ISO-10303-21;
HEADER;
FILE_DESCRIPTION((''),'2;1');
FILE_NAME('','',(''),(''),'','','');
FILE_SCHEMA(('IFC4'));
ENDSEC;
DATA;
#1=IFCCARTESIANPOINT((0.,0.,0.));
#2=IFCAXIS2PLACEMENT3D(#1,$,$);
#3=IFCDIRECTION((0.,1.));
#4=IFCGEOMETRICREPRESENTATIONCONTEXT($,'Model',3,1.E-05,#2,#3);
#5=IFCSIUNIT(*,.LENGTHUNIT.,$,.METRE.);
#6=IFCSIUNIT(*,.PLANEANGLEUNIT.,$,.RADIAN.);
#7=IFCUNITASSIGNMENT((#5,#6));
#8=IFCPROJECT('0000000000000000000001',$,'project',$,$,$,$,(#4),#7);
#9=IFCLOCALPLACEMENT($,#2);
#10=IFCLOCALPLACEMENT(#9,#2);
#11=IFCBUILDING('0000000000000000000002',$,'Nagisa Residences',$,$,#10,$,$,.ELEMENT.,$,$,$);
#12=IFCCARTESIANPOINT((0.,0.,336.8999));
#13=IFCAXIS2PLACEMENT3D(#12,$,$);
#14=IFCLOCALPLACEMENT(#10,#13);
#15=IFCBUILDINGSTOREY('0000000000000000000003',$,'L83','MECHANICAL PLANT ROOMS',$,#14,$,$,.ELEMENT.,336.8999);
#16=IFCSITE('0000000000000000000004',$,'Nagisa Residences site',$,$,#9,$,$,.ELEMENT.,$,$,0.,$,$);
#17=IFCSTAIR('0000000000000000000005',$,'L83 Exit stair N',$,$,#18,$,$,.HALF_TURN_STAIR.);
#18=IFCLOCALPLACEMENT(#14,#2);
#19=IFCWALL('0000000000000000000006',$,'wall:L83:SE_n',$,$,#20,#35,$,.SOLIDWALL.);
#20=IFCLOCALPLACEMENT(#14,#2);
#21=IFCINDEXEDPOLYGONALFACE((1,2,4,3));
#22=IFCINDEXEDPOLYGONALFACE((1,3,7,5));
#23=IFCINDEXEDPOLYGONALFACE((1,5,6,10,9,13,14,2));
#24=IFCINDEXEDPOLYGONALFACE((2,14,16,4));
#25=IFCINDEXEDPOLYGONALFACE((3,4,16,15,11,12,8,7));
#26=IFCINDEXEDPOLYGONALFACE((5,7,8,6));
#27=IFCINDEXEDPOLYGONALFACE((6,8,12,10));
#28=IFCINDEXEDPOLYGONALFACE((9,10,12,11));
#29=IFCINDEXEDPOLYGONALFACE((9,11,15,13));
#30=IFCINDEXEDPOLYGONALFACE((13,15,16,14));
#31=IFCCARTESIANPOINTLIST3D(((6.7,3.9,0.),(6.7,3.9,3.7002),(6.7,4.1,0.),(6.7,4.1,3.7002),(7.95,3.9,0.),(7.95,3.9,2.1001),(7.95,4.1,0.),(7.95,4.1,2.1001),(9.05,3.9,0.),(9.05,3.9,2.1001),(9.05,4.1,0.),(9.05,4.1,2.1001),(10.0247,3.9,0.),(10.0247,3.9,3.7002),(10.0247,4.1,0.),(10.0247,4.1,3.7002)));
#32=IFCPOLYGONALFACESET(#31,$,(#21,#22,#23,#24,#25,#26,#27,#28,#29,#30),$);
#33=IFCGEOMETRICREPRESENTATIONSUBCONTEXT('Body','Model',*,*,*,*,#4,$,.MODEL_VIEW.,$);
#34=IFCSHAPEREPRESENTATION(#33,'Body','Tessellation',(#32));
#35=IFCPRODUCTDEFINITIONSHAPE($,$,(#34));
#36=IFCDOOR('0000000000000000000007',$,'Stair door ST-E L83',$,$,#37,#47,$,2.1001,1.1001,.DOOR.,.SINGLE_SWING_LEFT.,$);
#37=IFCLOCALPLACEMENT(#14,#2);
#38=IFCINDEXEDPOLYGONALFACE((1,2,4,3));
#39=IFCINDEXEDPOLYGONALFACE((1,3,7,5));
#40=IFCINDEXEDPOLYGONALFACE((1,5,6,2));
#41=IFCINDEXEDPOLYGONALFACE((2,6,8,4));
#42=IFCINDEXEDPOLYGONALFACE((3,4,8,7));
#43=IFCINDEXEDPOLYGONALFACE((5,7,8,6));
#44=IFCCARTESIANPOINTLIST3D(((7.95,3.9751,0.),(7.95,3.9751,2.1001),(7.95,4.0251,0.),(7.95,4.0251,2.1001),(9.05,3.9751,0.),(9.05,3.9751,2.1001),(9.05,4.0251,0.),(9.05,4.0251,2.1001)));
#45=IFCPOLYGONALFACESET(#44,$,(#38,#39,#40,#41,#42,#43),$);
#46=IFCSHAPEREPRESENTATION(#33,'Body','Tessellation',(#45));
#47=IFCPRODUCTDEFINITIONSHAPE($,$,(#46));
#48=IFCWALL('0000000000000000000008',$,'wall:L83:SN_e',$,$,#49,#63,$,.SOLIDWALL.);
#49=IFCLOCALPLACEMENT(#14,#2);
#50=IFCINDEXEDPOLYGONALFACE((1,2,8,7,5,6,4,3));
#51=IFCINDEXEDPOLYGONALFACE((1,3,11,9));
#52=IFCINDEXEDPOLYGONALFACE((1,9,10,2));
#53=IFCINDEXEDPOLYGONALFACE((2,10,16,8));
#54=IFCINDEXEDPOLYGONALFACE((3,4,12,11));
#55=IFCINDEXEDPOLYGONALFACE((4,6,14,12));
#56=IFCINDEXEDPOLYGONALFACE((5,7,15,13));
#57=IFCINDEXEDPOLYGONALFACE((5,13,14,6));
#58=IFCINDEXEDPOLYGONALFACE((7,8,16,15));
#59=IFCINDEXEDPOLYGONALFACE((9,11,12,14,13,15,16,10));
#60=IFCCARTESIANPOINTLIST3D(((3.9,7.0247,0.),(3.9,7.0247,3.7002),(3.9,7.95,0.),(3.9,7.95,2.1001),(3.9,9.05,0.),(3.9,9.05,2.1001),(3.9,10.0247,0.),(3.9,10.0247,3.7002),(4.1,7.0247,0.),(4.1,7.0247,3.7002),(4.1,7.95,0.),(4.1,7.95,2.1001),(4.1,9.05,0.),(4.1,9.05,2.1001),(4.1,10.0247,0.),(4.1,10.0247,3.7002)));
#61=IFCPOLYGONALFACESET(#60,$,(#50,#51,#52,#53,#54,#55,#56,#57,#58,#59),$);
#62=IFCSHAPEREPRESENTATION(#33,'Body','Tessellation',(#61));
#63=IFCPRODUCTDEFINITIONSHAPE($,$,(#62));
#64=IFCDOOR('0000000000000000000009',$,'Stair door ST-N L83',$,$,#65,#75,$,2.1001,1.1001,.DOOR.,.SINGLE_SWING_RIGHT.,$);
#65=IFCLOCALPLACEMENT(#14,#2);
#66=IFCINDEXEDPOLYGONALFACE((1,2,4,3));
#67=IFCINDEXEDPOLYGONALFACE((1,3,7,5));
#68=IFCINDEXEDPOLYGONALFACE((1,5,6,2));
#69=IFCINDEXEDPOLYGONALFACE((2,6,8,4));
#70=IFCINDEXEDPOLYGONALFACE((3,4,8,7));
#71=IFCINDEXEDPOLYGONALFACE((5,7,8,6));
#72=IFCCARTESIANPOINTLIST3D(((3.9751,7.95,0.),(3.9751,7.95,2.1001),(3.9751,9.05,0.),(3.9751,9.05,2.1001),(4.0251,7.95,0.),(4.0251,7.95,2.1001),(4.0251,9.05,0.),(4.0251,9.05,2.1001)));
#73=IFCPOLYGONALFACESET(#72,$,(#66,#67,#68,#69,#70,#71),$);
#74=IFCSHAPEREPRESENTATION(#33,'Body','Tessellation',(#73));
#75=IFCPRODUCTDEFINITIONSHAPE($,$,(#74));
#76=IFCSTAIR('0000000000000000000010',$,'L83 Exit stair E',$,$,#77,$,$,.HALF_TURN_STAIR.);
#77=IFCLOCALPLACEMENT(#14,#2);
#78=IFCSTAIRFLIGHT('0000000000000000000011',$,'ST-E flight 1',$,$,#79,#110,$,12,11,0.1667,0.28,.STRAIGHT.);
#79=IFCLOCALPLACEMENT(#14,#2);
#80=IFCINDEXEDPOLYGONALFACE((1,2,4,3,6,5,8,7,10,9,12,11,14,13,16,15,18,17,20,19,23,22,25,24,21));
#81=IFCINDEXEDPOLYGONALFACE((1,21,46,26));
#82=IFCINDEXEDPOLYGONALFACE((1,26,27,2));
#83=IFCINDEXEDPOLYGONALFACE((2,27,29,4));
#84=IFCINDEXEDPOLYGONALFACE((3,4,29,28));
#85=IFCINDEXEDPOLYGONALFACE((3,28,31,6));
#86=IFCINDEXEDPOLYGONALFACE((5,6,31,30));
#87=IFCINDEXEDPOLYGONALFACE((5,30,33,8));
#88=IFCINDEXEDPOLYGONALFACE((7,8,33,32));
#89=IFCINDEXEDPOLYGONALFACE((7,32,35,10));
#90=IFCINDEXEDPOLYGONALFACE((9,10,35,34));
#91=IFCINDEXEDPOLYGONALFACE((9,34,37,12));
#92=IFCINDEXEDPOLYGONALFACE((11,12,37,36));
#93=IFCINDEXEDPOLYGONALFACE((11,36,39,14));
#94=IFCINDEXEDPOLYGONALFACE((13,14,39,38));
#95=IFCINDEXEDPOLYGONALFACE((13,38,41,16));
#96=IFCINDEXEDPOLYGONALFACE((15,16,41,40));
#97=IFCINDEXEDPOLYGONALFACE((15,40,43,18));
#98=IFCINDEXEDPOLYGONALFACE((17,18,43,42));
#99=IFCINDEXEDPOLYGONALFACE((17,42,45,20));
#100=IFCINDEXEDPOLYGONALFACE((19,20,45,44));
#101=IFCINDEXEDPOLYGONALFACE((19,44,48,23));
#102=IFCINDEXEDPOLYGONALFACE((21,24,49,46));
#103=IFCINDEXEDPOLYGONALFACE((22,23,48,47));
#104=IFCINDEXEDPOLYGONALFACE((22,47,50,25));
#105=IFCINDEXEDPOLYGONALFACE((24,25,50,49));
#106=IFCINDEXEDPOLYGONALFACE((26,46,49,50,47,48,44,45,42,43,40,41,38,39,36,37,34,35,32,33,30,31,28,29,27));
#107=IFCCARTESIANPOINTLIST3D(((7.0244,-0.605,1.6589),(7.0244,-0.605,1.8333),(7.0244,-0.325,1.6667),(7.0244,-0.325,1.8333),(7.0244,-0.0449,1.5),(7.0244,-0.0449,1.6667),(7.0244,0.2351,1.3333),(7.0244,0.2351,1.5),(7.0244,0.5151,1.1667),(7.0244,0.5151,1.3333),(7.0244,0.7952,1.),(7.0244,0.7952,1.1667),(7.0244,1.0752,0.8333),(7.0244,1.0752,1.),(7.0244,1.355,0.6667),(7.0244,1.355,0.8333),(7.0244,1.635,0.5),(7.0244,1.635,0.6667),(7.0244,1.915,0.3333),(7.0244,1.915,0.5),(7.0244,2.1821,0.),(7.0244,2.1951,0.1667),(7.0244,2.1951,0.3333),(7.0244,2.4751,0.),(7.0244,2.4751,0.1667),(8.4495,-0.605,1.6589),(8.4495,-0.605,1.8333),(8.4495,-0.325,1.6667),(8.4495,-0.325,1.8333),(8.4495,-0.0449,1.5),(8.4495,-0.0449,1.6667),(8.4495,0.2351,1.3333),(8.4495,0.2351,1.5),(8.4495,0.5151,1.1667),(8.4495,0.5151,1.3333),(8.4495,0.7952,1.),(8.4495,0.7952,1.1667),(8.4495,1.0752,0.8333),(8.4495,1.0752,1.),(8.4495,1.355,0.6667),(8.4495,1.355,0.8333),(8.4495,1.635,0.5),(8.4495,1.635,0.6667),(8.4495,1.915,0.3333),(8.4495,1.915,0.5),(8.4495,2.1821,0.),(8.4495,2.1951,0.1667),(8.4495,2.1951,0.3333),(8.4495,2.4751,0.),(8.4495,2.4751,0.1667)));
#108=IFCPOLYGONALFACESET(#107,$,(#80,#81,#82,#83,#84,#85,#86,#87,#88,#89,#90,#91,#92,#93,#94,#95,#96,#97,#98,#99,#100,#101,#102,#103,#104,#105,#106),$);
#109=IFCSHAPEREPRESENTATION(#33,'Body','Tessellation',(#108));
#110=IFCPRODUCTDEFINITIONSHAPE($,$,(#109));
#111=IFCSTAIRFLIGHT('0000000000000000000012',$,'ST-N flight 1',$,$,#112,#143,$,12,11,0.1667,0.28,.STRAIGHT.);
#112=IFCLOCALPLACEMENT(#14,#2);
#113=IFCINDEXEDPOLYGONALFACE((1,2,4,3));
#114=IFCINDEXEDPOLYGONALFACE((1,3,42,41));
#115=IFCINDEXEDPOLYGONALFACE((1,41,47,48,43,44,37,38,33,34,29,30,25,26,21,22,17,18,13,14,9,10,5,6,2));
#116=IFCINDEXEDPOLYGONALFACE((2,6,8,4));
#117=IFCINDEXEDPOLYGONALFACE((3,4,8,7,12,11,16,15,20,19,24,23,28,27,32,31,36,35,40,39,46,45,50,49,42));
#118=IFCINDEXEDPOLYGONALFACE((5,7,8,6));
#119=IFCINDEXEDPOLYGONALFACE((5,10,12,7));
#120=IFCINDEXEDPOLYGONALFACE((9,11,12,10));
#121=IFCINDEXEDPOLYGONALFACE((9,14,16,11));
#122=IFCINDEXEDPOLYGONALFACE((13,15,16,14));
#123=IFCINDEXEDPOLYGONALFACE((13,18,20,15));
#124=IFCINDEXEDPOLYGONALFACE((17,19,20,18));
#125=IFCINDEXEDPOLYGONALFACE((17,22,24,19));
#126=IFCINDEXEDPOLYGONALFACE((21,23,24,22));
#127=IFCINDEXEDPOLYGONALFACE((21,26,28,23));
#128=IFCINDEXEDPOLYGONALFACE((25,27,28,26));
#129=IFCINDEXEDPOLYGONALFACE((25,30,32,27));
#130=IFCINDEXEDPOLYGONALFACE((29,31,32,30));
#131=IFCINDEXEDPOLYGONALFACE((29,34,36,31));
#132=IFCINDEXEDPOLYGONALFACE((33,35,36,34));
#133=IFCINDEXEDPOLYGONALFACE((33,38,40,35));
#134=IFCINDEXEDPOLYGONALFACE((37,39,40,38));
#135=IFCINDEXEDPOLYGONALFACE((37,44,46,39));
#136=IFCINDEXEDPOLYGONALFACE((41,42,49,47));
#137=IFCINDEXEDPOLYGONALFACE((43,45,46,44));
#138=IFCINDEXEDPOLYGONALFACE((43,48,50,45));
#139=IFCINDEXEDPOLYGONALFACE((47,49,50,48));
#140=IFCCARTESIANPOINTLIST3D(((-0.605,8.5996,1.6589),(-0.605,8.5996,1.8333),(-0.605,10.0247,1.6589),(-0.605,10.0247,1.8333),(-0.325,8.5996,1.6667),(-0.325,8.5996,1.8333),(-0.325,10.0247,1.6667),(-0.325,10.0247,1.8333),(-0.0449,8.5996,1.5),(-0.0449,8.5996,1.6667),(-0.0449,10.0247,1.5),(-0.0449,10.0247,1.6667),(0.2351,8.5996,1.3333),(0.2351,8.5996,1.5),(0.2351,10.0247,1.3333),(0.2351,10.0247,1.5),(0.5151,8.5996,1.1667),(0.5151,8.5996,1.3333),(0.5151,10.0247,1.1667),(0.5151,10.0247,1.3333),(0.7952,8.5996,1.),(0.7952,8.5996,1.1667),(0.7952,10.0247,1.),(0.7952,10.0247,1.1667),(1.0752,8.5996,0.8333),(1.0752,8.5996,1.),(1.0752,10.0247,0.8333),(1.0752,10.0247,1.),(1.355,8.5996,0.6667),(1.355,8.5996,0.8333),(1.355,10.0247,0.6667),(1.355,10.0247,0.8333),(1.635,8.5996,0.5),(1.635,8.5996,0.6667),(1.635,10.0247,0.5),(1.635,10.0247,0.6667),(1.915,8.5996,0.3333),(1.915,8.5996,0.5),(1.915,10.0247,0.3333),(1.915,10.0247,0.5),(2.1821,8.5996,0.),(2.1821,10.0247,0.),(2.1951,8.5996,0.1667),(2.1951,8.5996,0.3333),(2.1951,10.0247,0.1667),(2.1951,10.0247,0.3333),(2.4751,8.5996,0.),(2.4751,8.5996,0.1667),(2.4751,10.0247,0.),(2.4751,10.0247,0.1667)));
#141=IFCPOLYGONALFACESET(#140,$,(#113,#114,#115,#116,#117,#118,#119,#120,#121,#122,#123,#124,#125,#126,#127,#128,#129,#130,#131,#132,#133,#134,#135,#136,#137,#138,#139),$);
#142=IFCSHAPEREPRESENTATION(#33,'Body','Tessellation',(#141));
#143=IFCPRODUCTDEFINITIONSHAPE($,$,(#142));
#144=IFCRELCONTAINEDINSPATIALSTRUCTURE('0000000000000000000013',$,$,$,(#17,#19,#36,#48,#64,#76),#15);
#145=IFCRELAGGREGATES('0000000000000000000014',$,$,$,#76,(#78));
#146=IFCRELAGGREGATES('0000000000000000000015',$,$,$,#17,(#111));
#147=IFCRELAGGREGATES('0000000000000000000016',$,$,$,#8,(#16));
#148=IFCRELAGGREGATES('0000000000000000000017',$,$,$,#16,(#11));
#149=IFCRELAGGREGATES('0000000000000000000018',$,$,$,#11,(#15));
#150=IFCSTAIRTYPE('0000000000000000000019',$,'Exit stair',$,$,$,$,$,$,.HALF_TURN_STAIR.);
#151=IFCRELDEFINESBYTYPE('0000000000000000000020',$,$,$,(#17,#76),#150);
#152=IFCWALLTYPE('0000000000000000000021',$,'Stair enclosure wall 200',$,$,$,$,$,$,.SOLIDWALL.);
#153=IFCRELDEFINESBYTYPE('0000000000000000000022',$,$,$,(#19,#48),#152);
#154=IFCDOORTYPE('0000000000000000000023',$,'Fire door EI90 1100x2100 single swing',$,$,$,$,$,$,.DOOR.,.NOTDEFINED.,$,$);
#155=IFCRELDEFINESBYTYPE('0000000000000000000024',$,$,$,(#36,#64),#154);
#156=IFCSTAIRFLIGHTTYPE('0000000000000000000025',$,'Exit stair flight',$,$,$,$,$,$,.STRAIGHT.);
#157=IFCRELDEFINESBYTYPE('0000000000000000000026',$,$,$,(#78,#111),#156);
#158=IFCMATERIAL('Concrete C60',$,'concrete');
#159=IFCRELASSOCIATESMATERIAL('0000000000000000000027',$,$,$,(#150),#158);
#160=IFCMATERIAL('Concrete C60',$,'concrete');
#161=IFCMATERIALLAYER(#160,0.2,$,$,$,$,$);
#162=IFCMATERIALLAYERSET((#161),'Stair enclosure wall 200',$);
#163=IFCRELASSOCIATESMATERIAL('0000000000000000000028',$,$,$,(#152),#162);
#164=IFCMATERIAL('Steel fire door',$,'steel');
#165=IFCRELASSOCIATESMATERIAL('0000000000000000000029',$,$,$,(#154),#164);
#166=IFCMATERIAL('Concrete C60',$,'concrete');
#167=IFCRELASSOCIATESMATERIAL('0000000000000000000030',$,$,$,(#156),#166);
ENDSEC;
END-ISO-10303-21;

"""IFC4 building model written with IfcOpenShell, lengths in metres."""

from ifc_helpers import new_model, si_unit, direction, frame, frame_2d, origin, place, context, subcontext, project, spatial, polyline, rectangle, outline, extrude, material, layer, layer_set, type_object, element, fill, aggregate, save


model = new_model("IFC4")

# Units and contexts
model_context = context("Model", 3, precision=1e-05, world=origin(), true_north=direction((0.0, 1.0)))
body_context = subcontext(model_context, "Body", "Model", "MODEL_VIEW")
ifc_project = project(units=[si_unit("LENGTHUNIT", "METRE"), si_unit("PLANEANGLEUNIT", "RADIAN")], contexts=[model_context])

# Site, building, storey
site_placement = place(None, origin())
site = spatial("IfcSite", under=ifc_project, at=site_placement, Name="Nagisa Residences site", CompositionType="ELEMENT", RefElevation=0.0)
building_placement = place(site_placement, origin())
building = spatial("IfcBuilding", under=site, at=building_placement, Name="Nagisa Residences", CompositionType="ELEMENT")
storey_placement = place(building_placement, frame((0.0, 0.0, 336.8999)))
storey = spatial("IfcBuildingStorey", under=building, at=storey_placement, Name="L83", Description="MECHANICAL PLANT ROOMS", CompositionType="ELEMENT", Elevation=336.8999)

# Stair
ifc_material_1 = material(Name="Concrete C60", Category="concrete")
stair_type = type_object("IfcStairType", Name="Exit stair", PredefinedType="HALF_TURN_STAIR", material=ifc_material_1)
stair_1_placement = place(storey_placement, origin())
stair_1 = element("IfcStair", 1, at=stair_1_placement, inside=storey, type_object=stair_type, Name="L83 Exit stair N", PredefinedType="HALF_TURN_STAIR")

# Walls, openings, doors
ifc_material_2 = material(Name="Concrete C60", Category="concrete")
ifc_layer_1 = layer(ifc_material_2, 0.2)
ifc_layer_set_1 = layer_set([ifc_layer_1], Name="Stair enclosure wall 200")
wall_type_1 = type_object("IfcWallType", Name="Stair enclosure wall 200", PredefinedType="SOLIDWALL", material=ifc_layer_set_1)
wall_1_placement = place(storey_placement, frame((6.7, 4.0, 0.0), z_axis=(0.0, 0.0, 1.0), x_axis=(1.0, 0.0, 0.0)))
wall_1 = element("IfcWall", 2, at=wall_1_placement, inside=storey, type_object=wall_type_1, Name="wall:L83:SE_n", PredefinedType="SOLIDWALL", context=body_context, shape_type="SweptSolid", body=[
    extrude(rectangle(XDim=3.3247, YDim=0.2, at=frame_2d((1.6624, 0.0))), origin(), (0.0, 0.0, 1.0), 3.7002),
])
opening_1_placement = place(wall_1_placement, frame((1.25, 0.0, 0.0)))
opening_1 = element("IfcOpeningElement", 3, at=opening_1_placement, cuts=wall_1, PredefinedType="OPENING", context=body_context, shape_type="SweptSolid", body=[
    extrude(rectangle(XDim=1.1001, YDim=2.1001, at=frame_2d((0.55, 1.05))), frame((0.0, 0.1099, 0.0), z_axis=(0.0, -1.0, 0.0), x_axis=(1.0, 0.0, 0.0)), (0.0, 0.0, 1.0), 0.22),
])
ifc_material_3 = material(Name="Steel fire door", Category="steel")
door_type_1 = type_object("IfcDoorType", Name="Fire door EI90 1100x2100 single swing", OperationType="NOTDEFINED", PredefinedType="DOOR", material=ifc_material_3)
door_1_placement = place(opening_1_placement, frame((1.1001, 0.0, 0.0), x_axis=(-1.0, 0.0, 0.0)))
door_1 = element("IfcDoor", 4, at=door_1_placement, inside=storey, type_object=door_type_1, Name="Stair door ST-E L83", OperationType="SINGLE_SWING_LEFT", OverallHeight=2.1001, OverallWidth=1.1001, PredefinedType="DOOR", context=body_context, shape_type="SweptSolid", body=[
    extrude(rectangle(XDim=1.1001, YDim=2.1001, at=frame_2d((0.55, 1.05))), frame((0.0, 0.0249, 0.0), z_axis=(0.0, -1.0, 0.0), x_axis=(1.0, 0.0, 0.0)), (0.0, 0.0, 1.0), 0.05),
])
fill(opening_1, door_1)
wall_2_placement = place(storey_placement, frame((4.0, 7.0247, 0.0), z_axis=(0.0, 0.0, 1.0), x_axis=(0.0, 1.0, 0.0)))
wall_2 = element("IfcWall", 5, at=wall_2_placement, inside=storey, type_object=wall_type_1, Name="wall:L83:SN_e", PredefinedType="SOLIDWALL", context=body_context, shape_type="SweptSolid", body=[
    extrude(rectangle(XDim=3.0, YDim=0.2, at=frame_2d((1.5, 0.0))), origin(), (0.0, 0.0, 1.0), 3.7002),
])
opening_2_placement = place(wall_2_placement, frame((0.9253, 0.0, 0.0)))
opening_2 = element("IfcOpeningElement", 6, at=opening_2_placement, cuts=wall_2, PredefinedType="OPENING", context=body_context, shape_type="SweptSolid", body=[
    extrude(rectangle(XDim=1.1001, YDim=2.1001, at=frame_2d((0.55, 1.05))), frame((0.0, 0.1099, 0.0), z_axis=(0.0, -1.0, 0.0), x_axis=(1.0, 0.0, 0.0)), (0.0, 0.0, 1.0), 0.22),
])
door_2_placement = place(opening_2_placement, origin())
door_2 = element("IfcDoor", 7, at=door_2_placement, inside=storey, type_object=door_type_1, Name="Stair door ST-N L83", OperationType="SINGLE_SWING_RIGHT", OverallHeight=2.1001, OverallWidth=1.1001, PredefinedType="DOOR", context=body_context, shape_type="SweptSolid", body=[
    extrude(rectangle(XDim=1.1001, YDim=2.1001, at=frame_2d((0.55, 1.05))), frame((0.0, 0.0249, 0.0), z_axis=(0.0, -1.0, 0.0), x_axis=(1.0, 0.0, 0.0)), (0.0, 0.0, 1.0), 0.05),
])
fill(opening_2, door_2)

# Stair, stair flight
stair_2_placement = place(storey_placement, origin())
stair_2 = element("IfcStair", 8, at=stair_2_placement, inside=storey, type_object=stair_type, Name="L83 Exit stair E", PredefinedType="HALF_TURN_STAIR")
ifc_material_4 = material(Name="Concrete C60", Category="concrete")
stair_flight_type = type_object("IfcStairFlightType", Name="Exit stair flight", PredefinedType="STRAIGHT", material=ifc_material_4)
stair_flight_1_placement = place(storey_placement, frame((7.7371, 2.4751, 0.0), z_axis=(0.0, 0.0, 1.0), x_axis=(0.0, -1.0, 0.0)))
stair_flight_1 = element("IfcStairFlight", 9, at=stair_flight_1_placement, type_object=stair_flight_type, Name="ST-E flight 1", NumberOfRisers=12, NumberOfTreads=11, PredefinedType="STRAIGHT", RiserHeight=0.1667, TreadLength=0.28, context=body_context, shape_type="SweptSolid", body=[
    extrude(outline(polyline([(0.0, 0.0), (0.0, 0.1667), (0.28, 0.1667), (0.28, 0.3333), (0.5601, 0.3333), (0.5601, 0.5), (0.8401, 0.5), (0.8401, 0.6667), (1.1201, 0.6667), (1.1201, 0.8333), (1.3999, 0.8333), (1.3999, 1.0), (1.6799, 1.0), (1.6799, 1.1667), (1.96, 1.1667), (1.96, 1.3333), (2.24, 1.3333), (2.24, 1.5), (2.52, 1.5), (2.52, 1.6667), (2.8, 1.6667), (2.8, 1.8333), (3.0801, 1.8333), (3.0801, 2.0), (3.0801, 1.6589), (0.293, 0.0), (0.0, 0.0)])), frame((0.0, 0.7124, 0.0), z_axis=(0.0, -1.0, 0.0), x_axis=(1.0, 0.0, 0.0)), (0.0, 0.0, 1.0), 1.425),
])
aggregate(stair_2, [stair_flight_1])

# Stair flight
stair_flight_2_placement = place(storey_placement, frame((2.4751, 9.312, 0.0), z_axis=(0.0, 0.0, 1.0), x_axis=(-1.0, 0.0, 0.0)))
stair_flight_2 = element("IfcStairFlight", 10, at=stair_flight_2_placement, type_object=stair_flight_type, Name="ST-N flight 1", NumberOfRisers=12, NumberOfTreads=11, PredefinedType="STRAIGHT", RiserHeight=0.1667, TreadLength=0.28, context=body_context, shape_type="SweptSolid", body=[
    extrude(outline(polyline([(0.0, 0.0), (0.0, 0.1667), (0.28, 0.1667), (0.28, 0.3333), (0.5601, 0.3333), (0.5601, 0.5), (0.8401, 0.5), (0.8401, 0.6667), (1.1201, 0.6667), (1.1201, 0.8333), (1.3999, 0.8333), (1.3999, 1.0), (1.6799, 1.0), (1.6799, 1.1667), (1.96, 1.1667), (1.96, 1.3333), (2.24, 1.3333), (2.24, 1.5), (2.52, 1.5), (2.52, 1.6667), (2.8, 1.6667), (2.8, 1.8333), (3.0801, 1.8333), (3.0801, 2.0), (3.0801, 1.6589), (0.293, 0.0), (0.0, 0.0)])), frame((0.0, 0.7124, 0.0), z_axis=(0.0, -1.0, 0.0), x_axis=(1.0, 0.0, 0.0)), (0.0, 0.0, 1.0), 1.425),
])
aggregate(stair_1, [stair_flight_2])

save(model, "model.ifc")
